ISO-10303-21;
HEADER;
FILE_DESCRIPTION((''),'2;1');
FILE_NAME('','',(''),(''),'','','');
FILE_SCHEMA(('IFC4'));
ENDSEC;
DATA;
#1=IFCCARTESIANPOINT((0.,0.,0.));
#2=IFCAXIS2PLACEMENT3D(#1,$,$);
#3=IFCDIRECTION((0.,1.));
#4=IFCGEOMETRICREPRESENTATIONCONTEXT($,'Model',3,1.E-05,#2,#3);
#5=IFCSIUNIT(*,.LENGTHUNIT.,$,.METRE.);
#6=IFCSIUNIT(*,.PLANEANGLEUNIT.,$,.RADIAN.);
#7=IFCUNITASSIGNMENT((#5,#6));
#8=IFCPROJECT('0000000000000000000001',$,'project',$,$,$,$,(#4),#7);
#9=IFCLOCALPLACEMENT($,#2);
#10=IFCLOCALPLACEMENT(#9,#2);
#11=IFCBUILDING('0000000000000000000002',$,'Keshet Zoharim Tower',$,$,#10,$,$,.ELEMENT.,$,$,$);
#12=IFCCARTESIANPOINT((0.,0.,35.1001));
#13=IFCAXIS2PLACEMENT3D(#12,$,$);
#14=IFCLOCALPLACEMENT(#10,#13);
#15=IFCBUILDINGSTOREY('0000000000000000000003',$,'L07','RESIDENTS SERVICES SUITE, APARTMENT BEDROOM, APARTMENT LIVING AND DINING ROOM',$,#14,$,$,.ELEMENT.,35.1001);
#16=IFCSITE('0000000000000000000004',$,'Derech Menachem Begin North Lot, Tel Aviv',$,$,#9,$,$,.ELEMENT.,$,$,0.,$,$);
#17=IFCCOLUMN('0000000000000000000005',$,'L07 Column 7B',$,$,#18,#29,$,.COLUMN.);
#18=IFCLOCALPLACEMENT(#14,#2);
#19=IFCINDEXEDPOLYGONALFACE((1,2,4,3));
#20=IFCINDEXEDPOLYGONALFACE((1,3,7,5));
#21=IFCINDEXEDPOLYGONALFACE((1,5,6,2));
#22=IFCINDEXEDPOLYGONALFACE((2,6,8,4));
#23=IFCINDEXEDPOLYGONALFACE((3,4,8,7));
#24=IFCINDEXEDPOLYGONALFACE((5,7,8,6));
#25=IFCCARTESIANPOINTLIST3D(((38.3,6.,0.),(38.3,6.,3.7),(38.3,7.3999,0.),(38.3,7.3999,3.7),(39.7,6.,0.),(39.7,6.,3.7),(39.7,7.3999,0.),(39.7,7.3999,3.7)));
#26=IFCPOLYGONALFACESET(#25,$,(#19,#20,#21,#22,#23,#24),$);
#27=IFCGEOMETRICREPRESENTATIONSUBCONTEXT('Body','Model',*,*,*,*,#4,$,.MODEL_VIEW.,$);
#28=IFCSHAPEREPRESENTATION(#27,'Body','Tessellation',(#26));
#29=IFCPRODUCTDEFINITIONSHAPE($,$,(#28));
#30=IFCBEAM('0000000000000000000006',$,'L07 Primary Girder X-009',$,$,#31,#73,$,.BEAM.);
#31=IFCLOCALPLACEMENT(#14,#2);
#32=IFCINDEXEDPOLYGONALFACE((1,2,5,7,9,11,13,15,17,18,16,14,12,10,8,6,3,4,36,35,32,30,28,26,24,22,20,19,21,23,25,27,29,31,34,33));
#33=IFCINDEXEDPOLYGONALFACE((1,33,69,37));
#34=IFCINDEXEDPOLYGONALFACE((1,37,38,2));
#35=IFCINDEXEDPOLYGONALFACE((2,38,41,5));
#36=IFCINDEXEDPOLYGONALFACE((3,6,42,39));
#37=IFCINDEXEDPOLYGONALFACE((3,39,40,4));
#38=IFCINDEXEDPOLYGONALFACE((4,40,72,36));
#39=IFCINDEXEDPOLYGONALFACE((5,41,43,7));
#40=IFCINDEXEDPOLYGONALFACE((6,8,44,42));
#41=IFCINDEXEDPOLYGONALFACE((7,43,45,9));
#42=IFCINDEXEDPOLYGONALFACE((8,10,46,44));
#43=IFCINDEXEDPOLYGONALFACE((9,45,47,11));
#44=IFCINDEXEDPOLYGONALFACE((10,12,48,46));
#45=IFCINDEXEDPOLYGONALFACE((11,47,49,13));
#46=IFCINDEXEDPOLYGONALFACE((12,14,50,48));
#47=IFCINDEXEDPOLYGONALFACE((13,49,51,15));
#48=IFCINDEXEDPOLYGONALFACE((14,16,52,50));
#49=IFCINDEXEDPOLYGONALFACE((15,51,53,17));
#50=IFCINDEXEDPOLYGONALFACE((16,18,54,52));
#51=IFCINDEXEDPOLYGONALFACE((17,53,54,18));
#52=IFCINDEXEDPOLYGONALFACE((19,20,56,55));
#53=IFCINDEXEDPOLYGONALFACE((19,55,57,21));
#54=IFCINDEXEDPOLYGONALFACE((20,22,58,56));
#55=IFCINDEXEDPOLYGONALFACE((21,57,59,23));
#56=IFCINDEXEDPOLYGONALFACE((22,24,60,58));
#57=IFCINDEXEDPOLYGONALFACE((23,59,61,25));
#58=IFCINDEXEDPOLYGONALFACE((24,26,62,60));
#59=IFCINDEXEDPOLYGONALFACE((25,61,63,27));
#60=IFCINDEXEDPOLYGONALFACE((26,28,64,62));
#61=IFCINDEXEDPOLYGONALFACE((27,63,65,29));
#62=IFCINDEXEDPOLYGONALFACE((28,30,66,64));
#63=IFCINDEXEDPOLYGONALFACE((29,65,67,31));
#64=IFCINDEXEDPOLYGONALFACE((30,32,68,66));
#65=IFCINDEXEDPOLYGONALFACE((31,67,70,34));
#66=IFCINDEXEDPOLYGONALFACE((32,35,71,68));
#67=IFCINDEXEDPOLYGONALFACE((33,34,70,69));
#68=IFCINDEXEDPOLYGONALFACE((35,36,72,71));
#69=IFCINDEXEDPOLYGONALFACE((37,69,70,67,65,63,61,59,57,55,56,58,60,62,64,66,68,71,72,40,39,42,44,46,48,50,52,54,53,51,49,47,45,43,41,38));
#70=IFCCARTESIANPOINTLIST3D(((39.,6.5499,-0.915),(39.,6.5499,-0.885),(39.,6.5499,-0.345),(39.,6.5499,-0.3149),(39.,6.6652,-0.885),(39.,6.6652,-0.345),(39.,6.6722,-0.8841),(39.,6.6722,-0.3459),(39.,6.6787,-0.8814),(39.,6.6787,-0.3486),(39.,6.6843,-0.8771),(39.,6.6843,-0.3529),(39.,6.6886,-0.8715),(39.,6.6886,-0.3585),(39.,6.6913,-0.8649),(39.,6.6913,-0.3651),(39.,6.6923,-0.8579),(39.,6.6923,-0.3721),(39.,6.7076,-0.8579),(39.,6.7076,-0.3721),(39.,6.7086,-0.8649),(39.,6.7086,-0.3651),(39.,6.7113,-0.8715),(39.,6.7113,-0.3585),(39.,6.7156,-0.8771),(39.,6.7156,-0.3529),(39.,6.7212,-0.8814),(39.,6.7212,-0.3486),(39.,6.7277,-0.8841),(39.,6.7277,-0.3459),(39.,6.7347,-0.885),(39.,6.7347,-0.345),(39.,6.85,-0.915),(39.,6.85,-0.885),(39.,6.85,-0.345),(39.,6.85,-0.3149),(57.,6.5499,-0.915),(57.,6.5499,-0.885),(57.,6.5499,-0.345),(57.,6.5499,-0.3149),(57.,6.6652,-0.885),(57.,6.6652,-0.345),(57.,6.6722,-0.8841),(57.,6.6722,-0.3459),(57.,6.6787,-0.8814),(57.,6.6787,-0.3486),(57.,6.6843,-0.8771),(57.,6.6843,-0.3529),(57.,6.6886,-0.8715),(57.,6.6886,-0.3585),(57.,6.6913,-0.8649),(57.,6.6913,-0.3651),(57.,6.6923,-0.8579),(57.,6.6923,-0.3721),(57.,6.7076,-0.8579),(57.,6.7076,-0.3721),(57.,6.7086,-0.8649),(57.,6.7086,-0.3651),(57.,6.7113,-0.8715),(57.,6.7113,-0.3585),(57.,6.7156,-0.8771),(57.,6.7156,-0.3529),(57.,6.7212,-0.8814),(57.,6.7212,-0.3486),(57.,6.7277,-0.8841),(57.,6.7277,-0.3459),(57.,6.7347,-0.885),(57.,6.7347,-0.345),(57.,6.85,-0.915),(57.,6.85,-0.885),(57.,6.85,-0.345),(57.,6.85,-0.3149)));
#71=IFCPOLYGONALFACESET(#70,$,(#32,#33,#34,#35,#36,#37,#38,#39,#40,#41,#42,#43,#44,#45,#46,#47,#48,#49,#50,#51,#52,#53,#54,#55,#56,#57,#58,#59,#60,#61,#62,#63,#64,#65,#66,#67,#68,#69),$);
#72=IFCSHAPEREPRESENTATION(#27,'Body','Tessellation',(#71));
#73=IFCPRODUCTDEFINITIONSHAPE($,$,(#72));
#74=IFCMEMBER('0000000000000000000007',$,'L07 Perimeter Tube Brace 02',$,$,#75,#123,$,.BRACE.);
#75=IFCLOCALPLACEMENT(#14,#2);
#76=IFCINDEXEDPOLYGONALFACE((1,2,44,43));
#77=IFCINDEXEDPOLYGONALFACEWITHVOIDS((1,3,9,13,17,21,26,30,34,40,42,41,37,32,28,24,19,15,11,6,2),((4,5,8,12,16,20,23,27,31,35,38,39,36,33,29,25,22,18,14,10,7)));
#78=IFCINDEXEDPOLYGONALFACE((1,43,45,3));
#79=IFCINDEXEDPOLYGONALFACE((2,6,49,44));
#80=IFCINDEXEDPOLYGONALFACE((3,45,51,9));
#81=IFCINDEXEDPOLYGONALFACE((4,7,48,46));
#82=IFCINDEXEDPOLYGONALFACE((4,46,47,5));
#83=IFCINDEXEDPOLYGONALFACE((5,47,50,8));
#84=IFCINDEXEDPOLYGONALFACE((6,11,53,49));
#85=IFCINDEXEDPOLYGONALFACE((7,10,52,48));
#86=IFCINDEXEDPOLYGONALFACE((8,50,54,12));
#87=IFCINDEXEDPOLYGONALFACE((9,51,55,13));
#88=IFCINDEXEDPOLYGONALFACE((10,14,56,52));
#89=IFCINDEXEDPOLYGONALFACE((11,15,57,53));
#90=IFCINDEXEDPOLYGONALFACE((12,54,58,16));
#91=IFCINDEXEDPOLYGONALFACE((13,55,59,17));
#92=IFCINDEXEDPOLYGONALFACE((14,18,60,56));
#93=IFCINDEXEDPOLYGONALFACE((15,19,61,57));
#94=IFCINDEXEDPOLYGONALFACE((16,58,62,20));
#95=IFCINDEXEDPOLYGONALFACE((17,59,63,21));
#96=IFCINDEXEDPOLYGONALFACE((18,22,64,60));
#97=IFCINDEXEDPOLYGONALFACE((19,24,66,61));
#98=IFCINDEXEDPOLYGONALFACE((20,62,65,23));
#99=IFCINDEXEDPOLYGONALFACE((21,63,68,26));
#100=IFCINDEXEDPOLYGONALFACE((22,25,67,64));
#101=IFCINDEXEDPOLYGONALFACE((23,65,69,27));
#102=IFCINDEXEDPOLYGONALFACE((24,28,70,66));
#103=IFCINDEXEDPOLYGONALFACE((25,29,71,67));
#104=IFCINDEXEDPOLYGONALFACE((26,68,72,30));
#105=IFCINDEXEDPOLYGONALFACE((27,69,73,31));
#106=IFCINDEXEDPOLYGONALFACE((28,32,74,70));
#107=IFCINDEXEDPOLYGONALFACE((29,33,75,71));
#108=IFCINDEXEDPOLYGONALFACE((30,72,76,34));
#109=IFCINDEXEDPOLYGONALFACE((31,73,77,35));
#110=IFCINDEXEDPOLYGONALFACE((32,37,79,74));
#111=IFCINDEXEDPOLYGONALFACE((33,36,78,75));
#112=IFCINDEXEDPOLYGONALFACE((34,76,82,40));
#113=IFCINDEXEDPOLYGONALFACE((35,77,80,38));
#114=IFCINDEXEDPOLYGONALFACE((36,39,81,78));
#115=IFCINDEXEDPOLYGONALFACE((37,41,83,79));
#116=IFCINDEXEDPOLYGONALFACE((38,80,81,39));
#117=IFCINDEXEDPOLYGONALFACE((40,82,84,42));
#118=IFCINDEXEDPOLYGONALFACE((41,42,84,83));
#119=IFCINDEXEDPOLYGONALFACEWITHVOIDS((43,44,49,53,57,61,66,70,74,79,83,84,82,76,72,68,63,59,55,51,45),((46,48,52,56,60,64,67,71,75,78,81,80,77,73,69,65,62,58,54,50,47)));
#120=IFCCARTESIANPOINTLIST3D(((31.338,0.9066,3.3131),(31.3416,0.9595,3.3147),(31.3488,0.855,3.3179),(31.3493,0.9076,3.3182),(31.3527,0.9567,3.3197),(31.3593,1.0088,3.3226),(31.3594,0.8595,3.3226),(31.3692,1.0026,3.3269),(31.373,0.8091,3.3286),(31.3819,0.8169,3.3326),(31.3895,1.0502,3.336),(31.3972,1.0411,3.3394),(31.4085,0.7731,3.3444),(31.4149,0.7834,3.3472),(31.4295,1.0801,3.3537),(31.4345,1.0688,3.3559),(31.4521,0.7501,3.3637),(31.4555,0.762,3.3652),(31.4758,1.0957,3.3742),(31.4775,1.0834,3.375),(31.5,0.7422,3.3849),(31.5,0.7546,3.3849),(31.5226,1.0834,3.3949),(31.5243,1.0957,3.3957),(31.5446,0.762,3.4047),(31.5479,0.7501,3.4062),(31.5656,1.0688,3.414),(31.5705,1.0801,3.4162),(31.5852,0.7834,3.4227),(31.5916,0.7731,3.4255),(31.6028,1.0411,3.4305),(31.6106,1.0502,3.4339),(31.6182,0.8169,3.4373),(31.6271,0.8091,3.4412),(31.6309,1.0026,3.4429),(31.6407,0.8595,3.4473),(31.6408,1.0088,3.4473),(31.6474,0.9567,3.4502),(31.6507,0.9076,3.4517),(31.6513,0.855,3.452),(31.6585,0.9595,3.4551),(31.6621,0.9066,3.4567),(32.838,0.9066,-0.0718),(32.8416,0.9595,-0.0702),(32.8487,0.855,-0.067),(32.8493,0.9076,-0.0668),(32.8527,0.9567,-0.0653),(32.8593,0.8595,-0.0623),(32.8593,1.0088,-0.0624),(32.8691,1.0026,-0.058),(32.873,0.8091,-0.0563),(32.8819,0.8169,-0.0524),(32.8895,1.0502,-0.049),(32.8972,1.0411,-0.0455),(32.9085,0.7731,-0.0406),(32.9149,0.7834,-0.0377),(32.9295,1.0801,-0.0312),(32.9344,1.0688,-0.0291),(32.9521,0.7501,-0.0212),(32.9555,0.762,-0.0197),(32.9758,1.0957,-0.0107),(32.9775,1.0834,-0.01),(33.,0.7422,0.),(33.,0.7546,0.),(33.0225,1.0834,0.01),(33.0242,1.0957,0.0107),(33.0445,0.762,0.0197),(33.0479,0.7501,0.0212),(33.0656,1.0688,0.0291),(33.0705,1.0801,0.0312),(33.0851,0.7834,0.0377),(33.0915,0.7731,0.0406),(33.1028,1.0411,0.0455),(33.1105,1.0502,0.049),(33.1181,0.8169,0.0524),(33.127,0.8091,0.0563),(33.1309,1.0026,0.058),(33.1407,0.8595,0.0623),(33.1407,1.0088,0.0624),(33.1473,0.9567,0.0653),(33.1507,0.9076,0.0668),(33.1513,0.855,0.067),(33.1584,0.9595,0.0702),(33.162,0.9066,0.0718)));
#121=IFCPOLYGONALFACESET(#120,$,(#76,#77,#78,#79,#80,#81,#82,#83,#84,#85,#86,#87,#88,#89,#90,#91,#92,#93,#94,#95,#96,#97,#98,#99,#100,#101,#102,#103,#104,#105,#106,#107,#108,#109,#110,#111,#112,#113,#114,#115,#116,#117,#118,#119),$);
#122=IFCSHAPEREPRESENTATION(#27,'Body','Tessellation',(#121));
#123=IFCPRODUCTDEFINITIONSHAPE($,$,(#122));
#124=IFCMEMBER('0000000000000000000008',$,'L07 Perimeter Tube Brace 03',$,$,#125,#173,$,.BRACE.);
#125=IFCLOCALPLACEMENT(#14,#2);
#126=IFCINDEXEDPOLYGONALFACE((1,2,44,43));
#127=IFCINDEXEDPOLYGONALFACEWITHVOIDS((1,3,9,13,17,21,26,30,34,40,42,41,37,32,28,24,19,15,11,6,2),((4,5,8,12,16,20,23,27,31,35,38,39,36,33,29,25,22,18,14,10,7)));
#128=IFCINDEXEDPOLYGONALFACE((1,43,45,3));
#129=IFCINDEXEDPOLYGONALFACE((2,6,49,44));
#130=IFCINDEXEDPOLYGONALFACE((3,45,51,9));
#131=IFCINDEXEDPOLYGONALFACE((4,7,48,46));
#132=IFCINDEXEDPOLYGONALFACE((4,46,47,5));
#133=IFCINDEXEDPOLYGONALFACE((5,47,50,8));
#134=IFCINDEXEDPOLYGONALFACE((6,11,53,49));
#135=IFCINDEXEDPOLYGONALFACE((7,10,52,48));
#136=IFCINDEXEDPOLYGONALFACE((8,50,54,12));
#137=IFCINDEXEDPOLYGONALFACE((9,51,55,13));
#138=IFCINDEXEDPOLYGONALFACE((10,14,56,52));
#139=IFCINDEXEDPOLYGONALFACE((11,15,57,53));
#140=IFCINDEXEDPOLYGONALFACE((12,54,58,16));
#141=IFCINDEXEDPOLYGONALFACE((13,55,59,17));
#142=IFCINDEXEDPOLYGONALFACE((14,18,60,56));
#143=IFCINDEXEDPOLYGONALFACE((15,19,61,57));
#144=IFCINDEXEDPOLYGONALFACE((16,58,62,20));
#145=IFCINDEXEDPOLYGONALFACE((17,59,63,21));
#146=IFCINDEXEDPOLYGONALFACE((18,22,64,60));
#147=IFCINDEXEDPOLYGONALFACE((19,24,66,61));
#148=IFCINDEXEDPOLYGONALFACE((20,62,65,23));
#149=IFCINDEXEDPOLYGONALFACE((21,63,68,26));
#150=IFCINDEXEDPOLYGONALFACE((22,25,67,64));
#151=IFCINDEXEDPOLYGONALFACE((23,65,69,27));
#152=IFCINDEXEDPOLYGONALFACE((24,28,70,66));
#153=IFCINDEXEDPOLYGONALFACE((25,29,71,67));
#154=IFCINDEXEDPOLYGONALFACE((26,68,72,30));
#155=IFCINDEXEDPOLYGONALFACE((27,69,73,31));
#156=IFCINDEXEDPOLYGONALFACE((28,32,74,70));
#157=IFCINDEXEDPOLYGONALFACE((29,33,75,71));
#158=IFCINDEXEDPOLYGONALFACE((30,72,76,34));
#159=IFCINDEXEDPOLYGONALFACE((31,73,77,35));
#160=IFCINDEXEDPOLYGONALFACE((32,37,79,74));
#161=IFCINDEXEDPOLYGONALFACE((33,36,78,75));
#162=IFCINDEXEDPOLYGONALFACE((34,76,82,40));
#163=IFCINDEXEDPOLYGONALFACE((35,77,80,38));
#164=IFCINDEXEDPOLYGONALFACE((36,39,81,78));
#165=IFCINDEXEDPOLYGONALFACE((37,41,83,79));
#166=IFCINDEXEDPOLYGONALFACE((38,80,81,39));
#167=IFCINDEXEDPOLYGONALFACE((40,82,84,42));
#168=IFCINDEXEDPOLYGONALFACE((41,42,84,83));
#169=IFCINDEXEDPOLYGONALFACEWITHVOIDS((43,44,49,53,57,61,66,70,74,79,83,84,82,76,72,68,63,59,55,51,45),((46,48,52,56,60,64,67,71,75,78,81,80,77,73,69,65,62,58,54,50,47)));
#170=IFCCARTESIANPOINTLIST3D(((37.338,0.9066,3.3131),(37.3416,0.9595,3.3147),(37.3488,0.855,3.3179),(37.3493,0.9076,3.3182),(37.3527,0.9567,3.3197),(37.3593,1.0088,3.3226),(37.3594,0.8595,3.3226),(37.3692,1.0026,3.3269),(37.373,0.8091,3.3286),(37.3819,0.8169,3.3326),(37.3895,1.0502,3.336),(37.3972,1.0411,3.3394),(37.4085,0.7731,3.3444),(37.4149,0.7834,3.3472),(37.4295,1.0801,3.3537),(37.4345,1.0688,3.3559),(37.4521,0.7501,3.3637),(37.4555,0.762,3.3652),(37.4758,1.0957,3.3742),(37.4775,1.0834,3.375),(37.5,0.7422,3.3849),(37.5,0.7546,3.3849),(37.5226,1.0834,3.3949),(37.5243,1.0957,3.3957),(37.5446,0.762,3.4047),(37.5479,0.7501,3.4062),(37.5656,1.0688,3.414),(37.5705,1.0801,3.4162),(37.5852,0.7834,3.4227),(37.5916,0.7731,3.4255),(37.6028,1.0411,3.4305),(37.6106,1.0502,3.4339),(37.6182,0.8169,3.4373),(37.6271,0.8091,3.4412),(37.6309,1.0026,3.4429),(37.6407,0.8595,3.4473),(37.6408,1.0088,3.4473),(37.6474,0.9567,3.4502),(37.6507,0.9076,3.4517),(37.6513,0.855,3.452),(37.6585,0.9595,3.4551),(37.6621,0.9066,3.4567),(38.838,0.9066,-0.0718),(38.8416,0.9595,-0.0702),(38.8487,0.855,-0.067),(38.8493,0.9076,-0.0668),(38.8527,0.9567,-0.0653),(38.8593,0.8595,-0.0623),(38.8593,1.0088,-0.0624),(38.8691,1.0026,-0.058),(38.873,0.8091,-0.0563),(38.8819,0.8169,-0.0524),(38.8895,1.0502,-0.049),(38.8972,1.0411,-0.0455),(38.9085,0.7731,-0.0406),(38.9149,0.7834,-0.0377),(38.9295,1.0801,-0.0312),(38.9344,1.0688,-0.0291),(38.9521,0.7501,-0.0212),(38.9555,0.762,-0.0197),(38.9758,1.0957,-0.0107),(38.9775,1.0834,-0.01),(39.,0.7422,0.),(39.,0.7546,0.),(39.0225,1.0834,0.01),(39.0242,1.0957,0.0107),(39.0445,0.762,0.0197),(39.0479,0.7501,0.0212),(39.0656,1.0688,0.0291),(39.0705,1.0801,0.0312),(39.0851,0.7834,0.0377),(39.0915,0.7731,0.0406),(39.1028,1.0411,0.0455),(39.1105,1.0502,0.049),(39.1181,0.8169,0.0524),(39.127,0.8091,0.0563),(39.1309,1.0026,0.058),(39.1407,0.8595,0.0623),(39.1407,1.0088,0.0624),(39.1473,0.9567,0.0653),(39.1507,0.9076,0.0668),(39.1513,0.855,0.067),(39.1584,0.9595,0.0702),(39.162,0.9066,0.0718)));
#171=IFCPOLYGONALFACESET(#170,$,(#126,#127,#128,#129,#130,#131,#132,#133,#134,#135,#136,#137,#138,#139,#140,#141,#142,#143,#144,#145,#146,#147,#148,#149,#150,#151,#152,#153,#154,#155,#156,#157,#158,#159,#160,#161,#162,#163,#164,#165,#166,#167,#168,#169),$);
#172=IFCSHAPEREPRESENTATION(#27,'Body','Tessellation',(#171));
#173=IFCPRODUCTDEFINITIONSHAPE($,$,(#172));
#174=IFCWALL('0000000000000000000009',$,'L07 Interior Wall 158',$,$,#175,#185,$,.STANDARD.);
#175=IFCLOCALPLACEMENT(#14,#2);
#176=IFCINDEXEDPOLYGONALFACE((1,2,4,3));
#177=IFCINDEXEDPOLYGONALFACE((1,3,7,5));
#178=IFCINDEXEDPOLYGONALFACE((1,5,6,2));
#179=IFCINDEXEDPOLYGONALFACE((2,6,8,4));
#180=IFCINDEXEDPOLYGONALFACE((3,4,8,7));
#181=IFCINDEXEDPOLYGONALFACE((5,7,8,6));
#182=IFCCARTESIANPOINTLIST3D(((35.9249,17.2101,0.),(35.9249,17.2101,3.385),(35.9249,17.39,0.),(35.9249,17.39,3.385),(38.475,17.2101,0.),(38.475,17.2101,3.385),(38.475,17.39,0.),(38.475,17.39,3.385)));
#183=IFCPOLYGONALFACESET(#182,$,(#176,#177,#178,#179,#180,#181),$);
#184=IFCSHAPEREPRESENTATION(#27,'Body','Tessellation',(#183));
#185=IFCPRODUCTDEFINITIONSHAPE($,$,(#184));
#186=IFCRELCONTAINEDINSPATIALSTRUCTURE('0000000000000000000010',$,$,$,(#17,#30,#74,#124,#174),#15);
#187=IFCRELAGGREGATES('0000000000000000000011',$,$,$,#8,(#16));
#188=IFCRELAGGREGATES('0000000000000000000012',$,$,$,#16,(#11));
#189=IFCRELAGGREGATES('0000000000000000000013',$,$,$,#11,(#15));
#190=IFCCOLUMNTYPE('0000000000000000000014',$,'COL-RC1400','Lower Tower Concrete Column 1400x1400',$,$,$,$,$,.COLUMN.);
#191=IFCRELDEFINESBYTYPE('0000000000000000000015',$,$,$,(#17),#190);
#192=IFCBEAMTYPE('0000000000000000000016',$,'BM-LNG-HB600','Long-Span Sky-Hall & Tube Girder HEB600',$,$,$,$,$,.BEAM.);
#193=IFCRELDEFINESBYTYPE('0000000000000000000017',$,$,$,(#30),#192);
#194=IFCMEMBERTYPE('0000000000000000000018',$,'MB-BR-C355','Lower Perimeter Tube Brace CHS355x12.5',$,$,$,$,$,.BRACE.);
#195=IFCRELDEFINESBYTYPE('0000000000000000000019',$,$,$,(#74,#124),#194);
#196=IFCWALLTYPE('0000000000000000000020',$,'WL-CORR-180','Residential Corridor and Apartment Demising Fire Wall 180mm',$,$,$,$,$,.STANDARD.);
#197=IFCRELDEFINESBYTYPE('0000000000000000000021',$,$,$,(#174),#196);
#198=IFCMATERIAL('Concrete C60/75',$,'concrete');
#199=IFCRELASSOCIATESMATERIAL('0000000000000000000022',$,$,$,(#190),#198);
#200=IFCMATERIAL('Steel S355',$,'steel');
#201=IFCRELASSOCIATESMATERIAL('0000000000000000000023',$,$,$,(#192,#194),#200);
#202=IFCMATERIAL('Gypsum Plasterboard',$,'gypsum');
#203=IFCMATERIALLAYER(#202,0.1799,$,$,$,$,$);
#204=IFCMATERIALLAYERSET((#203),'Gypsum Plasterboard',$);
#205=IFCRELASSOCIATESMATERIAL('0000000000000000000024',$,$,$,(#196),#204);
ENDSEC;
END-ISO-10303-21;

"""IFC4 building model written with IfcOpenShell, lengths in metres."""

from ifc_helpers import new_model, si_unit, direction, frame, frame_2d, origin, origin_2d, place, context, subcontext, project, spatial, rectangle, hollow_circle, i_section, extrude, material, layer, layer_set, material_profile, profile_set, type_object, element, save


model = new_model("IFC4")

# Units and contexts
model_context = context("Model", 3, precision=1e-05, world=origin(), true_north=direction((0.0, 1.0)))
body_context = subcontext(model_context, "Body", "Model", "MODEL_VIEW")
ifc_project = project(units=[si_unit("LENGTHUNIT", "METRE"), si_unit("PLANEANGLEUNIT", "RADIAN")], contexts=[model_context])

# Site, building, storey
site_placement = place(None, origin())
site = spatial("IfcSite", under=ifc_project, at=site_placement, Name="Derech Menachem Begin North Lot, Tel Aviv", CompositionType="ELEMENT", RefElevation=0.0)
building_placement = place(site_placement, origin())
building = spatial("IfcBuilding", under=site, at=building_placement, Name="Keshet Zoharim Tower", CompositionType="ELEMENT")
storey_placement = place(building_placement, frame((0.0, 0.0, 35.1001)))
storey = spatial("IfcBuildingStorey", under=building, at=storey_placement, Name="L07", Description="RESIDENTS SERVICES SUITE, APARTMENT BEDROOM, APARTMENT LIVING AND DINING ROOM", CompositionType="ELEMENT", Elevation=35.1001)

# Column
ifc_material_1 = material(Name="Concrete C60/75", Category="concrete")
ifc_material_profile_1 = material_profile(ifc_material_1, rectangle(XDim=1.3999, YDim=1.3999, at=origin_2d()), Name="RC1400x1400")
ifc_profile_set_1 = profile_set([ifc_material_profile_1], Name="Concrete C60/75")
column_type = type_object("IfcColumnType", Name="COL-RC1400", Description="Lower Tower Concrete Column 1400x1400", PredefinedType="COLUMN", material=ifc_profile_set_1)
column_placement = place(storey_placement, frame((39.0, 6.7, 0.0), z_axis=(0.0, 0.0, 1.0), x_axis=(1.0, 0.0, 0.0)))
element("IfcColumn", 1, at=column_placement, inside=storey, type_object=column_type, Name="L07 Column 7B", PredefinedType="COLUMN", context=body_context, shape_type="SweptSolid", body=[
    extrude(rectangle(XDim=1.3999, YDim=1.3999, at=origin_2d()), origin(), (0.0, 0.0, 1.0), 3.7),
])

# Beam
ifc_material_2 = material(Name="Steel S355", Category="steel")
ifc_material_profile_2 = material_profile(ifc_material_2, i_section(OverallWidth=0.3, OverallDepth=0.6001, WebThickness=0.0154, FlangeThickness=0.03, FilletRadius=0.0271, at=origin_2d()), Name="HEB600")
ifc_profile_set_2 = profile_set([ifc_material_profile_2], Name="Steel S355")
beam_type = type_object("IfcBeamType", Name="BM-LNG-HB600", Description="Long-Span Sky-Hall & Tube Girder HEB600", PredefinedType="BEAM", material=ifc_profile_set_2)
beam_placement = place(storey_placement, frame((39.0, 6.7, -0.615), z_axis=(1.0, 0.0, 0.0), x_axis=(0.0, 1.0, 0.0)))
element("IfcBeam", 2, at=beam_placement, inside=storey, type_object=beam_type, Name="L07 Primary Girder X-009", PredefinedType="BEAM", context=body_context, shape_type="SweptSolid", body=[
    extrude(i_section(OverallWidth=0.3, OverallDepth=0.6001, WebThickness=0.0154, FlangeThickness=0.03, FilletRadius=0.0271, at=origin_2d()), origin(), (0.0, 0.0, 1.0), 18.0),
])

# Members
ifc_material_profile_3 = material_profile(ifc_material_2, hollow_circle(Radius=0.1777, WallThickness=0.0125, at=origin_2d()), Name="CHS355x12.5")
ifc_profile_set_3 = profile_set([ifc_material_profile_3], Name="Steel S355")
member_type = type_object("IfcMemberType", Name="MB-BR-C355", Description="Lower Perimeter Tube Brace CHS355x12.5", PredefinedType="BRACE", material=ifc_profile_set_3)
for number, where, z_axis, x_axis, name in (
    (3, (33.0, 0.9199, 0.0), (-0.405135, 0.0, 0.914257), (0.0, -1.0, 0.0), "L07 Perimeter Tube Brace 02"),
    (4, (39.0, 0.9199, 0.0), (-0.405135, 0.0, 0.914257), (0.0, -1.0, 0.0), "L07 Perimeter Tube Brace 03"),
):
    element("IfcMember", number, at=place(storey_placement, frame(where, z_axis=z_axis, x_axis=x_axis)), inside=storey, type_object=member_type, Name=name, PredefinedType="BRACE", context=body_context, shape_type="SweptSolid", body=[
        extrude(hollow_circle(Radius=0.1777, WallThickness=0.0125, at=origin_2d()), origin(), (0.0, 0.0, 1.0), 3.7024),
    ])

# Wall
ifc_material_3 = material(Name="Gypsum Plasterboard", Category="gypsum")
ifc_layer_1 = layer(ifc_material_3, 0.1799)
ifc_layer_set_1 = layer_set([ifc_layer_1], Name="Gypsum Plasterboard")
wall_type_1 = type_object("IfcWallType", Name="WL-CORR-180", Description="Residential Corridor and Apartment Demising Fire Wall 180mm", PredefinedType="STANDARD", material=ifc_layer_set_1)
wall_1_placement = place(storey_placement, frame((35.925, 17.3, 0.0), z_axis=(0.0, 0.0, 1.0), x_axis=(1.0, 0.0, 0.0)))
element("IfcWall", 5, at=wall_1_placement, inside=storey, type_object=wall_type_1, Name="L07 Interior Wall 158", PredefinedType="STANDARD", context=body_context, shape_type="SweptSolid", body=[
    extrude(rectangle(XDim=2.55, YDim=0.1799, at=frame_2d((1.2749, 0.0))), origin(), (0.0, 0.0, 1.0), 3.385),
])

save(model, "model.ifc")
